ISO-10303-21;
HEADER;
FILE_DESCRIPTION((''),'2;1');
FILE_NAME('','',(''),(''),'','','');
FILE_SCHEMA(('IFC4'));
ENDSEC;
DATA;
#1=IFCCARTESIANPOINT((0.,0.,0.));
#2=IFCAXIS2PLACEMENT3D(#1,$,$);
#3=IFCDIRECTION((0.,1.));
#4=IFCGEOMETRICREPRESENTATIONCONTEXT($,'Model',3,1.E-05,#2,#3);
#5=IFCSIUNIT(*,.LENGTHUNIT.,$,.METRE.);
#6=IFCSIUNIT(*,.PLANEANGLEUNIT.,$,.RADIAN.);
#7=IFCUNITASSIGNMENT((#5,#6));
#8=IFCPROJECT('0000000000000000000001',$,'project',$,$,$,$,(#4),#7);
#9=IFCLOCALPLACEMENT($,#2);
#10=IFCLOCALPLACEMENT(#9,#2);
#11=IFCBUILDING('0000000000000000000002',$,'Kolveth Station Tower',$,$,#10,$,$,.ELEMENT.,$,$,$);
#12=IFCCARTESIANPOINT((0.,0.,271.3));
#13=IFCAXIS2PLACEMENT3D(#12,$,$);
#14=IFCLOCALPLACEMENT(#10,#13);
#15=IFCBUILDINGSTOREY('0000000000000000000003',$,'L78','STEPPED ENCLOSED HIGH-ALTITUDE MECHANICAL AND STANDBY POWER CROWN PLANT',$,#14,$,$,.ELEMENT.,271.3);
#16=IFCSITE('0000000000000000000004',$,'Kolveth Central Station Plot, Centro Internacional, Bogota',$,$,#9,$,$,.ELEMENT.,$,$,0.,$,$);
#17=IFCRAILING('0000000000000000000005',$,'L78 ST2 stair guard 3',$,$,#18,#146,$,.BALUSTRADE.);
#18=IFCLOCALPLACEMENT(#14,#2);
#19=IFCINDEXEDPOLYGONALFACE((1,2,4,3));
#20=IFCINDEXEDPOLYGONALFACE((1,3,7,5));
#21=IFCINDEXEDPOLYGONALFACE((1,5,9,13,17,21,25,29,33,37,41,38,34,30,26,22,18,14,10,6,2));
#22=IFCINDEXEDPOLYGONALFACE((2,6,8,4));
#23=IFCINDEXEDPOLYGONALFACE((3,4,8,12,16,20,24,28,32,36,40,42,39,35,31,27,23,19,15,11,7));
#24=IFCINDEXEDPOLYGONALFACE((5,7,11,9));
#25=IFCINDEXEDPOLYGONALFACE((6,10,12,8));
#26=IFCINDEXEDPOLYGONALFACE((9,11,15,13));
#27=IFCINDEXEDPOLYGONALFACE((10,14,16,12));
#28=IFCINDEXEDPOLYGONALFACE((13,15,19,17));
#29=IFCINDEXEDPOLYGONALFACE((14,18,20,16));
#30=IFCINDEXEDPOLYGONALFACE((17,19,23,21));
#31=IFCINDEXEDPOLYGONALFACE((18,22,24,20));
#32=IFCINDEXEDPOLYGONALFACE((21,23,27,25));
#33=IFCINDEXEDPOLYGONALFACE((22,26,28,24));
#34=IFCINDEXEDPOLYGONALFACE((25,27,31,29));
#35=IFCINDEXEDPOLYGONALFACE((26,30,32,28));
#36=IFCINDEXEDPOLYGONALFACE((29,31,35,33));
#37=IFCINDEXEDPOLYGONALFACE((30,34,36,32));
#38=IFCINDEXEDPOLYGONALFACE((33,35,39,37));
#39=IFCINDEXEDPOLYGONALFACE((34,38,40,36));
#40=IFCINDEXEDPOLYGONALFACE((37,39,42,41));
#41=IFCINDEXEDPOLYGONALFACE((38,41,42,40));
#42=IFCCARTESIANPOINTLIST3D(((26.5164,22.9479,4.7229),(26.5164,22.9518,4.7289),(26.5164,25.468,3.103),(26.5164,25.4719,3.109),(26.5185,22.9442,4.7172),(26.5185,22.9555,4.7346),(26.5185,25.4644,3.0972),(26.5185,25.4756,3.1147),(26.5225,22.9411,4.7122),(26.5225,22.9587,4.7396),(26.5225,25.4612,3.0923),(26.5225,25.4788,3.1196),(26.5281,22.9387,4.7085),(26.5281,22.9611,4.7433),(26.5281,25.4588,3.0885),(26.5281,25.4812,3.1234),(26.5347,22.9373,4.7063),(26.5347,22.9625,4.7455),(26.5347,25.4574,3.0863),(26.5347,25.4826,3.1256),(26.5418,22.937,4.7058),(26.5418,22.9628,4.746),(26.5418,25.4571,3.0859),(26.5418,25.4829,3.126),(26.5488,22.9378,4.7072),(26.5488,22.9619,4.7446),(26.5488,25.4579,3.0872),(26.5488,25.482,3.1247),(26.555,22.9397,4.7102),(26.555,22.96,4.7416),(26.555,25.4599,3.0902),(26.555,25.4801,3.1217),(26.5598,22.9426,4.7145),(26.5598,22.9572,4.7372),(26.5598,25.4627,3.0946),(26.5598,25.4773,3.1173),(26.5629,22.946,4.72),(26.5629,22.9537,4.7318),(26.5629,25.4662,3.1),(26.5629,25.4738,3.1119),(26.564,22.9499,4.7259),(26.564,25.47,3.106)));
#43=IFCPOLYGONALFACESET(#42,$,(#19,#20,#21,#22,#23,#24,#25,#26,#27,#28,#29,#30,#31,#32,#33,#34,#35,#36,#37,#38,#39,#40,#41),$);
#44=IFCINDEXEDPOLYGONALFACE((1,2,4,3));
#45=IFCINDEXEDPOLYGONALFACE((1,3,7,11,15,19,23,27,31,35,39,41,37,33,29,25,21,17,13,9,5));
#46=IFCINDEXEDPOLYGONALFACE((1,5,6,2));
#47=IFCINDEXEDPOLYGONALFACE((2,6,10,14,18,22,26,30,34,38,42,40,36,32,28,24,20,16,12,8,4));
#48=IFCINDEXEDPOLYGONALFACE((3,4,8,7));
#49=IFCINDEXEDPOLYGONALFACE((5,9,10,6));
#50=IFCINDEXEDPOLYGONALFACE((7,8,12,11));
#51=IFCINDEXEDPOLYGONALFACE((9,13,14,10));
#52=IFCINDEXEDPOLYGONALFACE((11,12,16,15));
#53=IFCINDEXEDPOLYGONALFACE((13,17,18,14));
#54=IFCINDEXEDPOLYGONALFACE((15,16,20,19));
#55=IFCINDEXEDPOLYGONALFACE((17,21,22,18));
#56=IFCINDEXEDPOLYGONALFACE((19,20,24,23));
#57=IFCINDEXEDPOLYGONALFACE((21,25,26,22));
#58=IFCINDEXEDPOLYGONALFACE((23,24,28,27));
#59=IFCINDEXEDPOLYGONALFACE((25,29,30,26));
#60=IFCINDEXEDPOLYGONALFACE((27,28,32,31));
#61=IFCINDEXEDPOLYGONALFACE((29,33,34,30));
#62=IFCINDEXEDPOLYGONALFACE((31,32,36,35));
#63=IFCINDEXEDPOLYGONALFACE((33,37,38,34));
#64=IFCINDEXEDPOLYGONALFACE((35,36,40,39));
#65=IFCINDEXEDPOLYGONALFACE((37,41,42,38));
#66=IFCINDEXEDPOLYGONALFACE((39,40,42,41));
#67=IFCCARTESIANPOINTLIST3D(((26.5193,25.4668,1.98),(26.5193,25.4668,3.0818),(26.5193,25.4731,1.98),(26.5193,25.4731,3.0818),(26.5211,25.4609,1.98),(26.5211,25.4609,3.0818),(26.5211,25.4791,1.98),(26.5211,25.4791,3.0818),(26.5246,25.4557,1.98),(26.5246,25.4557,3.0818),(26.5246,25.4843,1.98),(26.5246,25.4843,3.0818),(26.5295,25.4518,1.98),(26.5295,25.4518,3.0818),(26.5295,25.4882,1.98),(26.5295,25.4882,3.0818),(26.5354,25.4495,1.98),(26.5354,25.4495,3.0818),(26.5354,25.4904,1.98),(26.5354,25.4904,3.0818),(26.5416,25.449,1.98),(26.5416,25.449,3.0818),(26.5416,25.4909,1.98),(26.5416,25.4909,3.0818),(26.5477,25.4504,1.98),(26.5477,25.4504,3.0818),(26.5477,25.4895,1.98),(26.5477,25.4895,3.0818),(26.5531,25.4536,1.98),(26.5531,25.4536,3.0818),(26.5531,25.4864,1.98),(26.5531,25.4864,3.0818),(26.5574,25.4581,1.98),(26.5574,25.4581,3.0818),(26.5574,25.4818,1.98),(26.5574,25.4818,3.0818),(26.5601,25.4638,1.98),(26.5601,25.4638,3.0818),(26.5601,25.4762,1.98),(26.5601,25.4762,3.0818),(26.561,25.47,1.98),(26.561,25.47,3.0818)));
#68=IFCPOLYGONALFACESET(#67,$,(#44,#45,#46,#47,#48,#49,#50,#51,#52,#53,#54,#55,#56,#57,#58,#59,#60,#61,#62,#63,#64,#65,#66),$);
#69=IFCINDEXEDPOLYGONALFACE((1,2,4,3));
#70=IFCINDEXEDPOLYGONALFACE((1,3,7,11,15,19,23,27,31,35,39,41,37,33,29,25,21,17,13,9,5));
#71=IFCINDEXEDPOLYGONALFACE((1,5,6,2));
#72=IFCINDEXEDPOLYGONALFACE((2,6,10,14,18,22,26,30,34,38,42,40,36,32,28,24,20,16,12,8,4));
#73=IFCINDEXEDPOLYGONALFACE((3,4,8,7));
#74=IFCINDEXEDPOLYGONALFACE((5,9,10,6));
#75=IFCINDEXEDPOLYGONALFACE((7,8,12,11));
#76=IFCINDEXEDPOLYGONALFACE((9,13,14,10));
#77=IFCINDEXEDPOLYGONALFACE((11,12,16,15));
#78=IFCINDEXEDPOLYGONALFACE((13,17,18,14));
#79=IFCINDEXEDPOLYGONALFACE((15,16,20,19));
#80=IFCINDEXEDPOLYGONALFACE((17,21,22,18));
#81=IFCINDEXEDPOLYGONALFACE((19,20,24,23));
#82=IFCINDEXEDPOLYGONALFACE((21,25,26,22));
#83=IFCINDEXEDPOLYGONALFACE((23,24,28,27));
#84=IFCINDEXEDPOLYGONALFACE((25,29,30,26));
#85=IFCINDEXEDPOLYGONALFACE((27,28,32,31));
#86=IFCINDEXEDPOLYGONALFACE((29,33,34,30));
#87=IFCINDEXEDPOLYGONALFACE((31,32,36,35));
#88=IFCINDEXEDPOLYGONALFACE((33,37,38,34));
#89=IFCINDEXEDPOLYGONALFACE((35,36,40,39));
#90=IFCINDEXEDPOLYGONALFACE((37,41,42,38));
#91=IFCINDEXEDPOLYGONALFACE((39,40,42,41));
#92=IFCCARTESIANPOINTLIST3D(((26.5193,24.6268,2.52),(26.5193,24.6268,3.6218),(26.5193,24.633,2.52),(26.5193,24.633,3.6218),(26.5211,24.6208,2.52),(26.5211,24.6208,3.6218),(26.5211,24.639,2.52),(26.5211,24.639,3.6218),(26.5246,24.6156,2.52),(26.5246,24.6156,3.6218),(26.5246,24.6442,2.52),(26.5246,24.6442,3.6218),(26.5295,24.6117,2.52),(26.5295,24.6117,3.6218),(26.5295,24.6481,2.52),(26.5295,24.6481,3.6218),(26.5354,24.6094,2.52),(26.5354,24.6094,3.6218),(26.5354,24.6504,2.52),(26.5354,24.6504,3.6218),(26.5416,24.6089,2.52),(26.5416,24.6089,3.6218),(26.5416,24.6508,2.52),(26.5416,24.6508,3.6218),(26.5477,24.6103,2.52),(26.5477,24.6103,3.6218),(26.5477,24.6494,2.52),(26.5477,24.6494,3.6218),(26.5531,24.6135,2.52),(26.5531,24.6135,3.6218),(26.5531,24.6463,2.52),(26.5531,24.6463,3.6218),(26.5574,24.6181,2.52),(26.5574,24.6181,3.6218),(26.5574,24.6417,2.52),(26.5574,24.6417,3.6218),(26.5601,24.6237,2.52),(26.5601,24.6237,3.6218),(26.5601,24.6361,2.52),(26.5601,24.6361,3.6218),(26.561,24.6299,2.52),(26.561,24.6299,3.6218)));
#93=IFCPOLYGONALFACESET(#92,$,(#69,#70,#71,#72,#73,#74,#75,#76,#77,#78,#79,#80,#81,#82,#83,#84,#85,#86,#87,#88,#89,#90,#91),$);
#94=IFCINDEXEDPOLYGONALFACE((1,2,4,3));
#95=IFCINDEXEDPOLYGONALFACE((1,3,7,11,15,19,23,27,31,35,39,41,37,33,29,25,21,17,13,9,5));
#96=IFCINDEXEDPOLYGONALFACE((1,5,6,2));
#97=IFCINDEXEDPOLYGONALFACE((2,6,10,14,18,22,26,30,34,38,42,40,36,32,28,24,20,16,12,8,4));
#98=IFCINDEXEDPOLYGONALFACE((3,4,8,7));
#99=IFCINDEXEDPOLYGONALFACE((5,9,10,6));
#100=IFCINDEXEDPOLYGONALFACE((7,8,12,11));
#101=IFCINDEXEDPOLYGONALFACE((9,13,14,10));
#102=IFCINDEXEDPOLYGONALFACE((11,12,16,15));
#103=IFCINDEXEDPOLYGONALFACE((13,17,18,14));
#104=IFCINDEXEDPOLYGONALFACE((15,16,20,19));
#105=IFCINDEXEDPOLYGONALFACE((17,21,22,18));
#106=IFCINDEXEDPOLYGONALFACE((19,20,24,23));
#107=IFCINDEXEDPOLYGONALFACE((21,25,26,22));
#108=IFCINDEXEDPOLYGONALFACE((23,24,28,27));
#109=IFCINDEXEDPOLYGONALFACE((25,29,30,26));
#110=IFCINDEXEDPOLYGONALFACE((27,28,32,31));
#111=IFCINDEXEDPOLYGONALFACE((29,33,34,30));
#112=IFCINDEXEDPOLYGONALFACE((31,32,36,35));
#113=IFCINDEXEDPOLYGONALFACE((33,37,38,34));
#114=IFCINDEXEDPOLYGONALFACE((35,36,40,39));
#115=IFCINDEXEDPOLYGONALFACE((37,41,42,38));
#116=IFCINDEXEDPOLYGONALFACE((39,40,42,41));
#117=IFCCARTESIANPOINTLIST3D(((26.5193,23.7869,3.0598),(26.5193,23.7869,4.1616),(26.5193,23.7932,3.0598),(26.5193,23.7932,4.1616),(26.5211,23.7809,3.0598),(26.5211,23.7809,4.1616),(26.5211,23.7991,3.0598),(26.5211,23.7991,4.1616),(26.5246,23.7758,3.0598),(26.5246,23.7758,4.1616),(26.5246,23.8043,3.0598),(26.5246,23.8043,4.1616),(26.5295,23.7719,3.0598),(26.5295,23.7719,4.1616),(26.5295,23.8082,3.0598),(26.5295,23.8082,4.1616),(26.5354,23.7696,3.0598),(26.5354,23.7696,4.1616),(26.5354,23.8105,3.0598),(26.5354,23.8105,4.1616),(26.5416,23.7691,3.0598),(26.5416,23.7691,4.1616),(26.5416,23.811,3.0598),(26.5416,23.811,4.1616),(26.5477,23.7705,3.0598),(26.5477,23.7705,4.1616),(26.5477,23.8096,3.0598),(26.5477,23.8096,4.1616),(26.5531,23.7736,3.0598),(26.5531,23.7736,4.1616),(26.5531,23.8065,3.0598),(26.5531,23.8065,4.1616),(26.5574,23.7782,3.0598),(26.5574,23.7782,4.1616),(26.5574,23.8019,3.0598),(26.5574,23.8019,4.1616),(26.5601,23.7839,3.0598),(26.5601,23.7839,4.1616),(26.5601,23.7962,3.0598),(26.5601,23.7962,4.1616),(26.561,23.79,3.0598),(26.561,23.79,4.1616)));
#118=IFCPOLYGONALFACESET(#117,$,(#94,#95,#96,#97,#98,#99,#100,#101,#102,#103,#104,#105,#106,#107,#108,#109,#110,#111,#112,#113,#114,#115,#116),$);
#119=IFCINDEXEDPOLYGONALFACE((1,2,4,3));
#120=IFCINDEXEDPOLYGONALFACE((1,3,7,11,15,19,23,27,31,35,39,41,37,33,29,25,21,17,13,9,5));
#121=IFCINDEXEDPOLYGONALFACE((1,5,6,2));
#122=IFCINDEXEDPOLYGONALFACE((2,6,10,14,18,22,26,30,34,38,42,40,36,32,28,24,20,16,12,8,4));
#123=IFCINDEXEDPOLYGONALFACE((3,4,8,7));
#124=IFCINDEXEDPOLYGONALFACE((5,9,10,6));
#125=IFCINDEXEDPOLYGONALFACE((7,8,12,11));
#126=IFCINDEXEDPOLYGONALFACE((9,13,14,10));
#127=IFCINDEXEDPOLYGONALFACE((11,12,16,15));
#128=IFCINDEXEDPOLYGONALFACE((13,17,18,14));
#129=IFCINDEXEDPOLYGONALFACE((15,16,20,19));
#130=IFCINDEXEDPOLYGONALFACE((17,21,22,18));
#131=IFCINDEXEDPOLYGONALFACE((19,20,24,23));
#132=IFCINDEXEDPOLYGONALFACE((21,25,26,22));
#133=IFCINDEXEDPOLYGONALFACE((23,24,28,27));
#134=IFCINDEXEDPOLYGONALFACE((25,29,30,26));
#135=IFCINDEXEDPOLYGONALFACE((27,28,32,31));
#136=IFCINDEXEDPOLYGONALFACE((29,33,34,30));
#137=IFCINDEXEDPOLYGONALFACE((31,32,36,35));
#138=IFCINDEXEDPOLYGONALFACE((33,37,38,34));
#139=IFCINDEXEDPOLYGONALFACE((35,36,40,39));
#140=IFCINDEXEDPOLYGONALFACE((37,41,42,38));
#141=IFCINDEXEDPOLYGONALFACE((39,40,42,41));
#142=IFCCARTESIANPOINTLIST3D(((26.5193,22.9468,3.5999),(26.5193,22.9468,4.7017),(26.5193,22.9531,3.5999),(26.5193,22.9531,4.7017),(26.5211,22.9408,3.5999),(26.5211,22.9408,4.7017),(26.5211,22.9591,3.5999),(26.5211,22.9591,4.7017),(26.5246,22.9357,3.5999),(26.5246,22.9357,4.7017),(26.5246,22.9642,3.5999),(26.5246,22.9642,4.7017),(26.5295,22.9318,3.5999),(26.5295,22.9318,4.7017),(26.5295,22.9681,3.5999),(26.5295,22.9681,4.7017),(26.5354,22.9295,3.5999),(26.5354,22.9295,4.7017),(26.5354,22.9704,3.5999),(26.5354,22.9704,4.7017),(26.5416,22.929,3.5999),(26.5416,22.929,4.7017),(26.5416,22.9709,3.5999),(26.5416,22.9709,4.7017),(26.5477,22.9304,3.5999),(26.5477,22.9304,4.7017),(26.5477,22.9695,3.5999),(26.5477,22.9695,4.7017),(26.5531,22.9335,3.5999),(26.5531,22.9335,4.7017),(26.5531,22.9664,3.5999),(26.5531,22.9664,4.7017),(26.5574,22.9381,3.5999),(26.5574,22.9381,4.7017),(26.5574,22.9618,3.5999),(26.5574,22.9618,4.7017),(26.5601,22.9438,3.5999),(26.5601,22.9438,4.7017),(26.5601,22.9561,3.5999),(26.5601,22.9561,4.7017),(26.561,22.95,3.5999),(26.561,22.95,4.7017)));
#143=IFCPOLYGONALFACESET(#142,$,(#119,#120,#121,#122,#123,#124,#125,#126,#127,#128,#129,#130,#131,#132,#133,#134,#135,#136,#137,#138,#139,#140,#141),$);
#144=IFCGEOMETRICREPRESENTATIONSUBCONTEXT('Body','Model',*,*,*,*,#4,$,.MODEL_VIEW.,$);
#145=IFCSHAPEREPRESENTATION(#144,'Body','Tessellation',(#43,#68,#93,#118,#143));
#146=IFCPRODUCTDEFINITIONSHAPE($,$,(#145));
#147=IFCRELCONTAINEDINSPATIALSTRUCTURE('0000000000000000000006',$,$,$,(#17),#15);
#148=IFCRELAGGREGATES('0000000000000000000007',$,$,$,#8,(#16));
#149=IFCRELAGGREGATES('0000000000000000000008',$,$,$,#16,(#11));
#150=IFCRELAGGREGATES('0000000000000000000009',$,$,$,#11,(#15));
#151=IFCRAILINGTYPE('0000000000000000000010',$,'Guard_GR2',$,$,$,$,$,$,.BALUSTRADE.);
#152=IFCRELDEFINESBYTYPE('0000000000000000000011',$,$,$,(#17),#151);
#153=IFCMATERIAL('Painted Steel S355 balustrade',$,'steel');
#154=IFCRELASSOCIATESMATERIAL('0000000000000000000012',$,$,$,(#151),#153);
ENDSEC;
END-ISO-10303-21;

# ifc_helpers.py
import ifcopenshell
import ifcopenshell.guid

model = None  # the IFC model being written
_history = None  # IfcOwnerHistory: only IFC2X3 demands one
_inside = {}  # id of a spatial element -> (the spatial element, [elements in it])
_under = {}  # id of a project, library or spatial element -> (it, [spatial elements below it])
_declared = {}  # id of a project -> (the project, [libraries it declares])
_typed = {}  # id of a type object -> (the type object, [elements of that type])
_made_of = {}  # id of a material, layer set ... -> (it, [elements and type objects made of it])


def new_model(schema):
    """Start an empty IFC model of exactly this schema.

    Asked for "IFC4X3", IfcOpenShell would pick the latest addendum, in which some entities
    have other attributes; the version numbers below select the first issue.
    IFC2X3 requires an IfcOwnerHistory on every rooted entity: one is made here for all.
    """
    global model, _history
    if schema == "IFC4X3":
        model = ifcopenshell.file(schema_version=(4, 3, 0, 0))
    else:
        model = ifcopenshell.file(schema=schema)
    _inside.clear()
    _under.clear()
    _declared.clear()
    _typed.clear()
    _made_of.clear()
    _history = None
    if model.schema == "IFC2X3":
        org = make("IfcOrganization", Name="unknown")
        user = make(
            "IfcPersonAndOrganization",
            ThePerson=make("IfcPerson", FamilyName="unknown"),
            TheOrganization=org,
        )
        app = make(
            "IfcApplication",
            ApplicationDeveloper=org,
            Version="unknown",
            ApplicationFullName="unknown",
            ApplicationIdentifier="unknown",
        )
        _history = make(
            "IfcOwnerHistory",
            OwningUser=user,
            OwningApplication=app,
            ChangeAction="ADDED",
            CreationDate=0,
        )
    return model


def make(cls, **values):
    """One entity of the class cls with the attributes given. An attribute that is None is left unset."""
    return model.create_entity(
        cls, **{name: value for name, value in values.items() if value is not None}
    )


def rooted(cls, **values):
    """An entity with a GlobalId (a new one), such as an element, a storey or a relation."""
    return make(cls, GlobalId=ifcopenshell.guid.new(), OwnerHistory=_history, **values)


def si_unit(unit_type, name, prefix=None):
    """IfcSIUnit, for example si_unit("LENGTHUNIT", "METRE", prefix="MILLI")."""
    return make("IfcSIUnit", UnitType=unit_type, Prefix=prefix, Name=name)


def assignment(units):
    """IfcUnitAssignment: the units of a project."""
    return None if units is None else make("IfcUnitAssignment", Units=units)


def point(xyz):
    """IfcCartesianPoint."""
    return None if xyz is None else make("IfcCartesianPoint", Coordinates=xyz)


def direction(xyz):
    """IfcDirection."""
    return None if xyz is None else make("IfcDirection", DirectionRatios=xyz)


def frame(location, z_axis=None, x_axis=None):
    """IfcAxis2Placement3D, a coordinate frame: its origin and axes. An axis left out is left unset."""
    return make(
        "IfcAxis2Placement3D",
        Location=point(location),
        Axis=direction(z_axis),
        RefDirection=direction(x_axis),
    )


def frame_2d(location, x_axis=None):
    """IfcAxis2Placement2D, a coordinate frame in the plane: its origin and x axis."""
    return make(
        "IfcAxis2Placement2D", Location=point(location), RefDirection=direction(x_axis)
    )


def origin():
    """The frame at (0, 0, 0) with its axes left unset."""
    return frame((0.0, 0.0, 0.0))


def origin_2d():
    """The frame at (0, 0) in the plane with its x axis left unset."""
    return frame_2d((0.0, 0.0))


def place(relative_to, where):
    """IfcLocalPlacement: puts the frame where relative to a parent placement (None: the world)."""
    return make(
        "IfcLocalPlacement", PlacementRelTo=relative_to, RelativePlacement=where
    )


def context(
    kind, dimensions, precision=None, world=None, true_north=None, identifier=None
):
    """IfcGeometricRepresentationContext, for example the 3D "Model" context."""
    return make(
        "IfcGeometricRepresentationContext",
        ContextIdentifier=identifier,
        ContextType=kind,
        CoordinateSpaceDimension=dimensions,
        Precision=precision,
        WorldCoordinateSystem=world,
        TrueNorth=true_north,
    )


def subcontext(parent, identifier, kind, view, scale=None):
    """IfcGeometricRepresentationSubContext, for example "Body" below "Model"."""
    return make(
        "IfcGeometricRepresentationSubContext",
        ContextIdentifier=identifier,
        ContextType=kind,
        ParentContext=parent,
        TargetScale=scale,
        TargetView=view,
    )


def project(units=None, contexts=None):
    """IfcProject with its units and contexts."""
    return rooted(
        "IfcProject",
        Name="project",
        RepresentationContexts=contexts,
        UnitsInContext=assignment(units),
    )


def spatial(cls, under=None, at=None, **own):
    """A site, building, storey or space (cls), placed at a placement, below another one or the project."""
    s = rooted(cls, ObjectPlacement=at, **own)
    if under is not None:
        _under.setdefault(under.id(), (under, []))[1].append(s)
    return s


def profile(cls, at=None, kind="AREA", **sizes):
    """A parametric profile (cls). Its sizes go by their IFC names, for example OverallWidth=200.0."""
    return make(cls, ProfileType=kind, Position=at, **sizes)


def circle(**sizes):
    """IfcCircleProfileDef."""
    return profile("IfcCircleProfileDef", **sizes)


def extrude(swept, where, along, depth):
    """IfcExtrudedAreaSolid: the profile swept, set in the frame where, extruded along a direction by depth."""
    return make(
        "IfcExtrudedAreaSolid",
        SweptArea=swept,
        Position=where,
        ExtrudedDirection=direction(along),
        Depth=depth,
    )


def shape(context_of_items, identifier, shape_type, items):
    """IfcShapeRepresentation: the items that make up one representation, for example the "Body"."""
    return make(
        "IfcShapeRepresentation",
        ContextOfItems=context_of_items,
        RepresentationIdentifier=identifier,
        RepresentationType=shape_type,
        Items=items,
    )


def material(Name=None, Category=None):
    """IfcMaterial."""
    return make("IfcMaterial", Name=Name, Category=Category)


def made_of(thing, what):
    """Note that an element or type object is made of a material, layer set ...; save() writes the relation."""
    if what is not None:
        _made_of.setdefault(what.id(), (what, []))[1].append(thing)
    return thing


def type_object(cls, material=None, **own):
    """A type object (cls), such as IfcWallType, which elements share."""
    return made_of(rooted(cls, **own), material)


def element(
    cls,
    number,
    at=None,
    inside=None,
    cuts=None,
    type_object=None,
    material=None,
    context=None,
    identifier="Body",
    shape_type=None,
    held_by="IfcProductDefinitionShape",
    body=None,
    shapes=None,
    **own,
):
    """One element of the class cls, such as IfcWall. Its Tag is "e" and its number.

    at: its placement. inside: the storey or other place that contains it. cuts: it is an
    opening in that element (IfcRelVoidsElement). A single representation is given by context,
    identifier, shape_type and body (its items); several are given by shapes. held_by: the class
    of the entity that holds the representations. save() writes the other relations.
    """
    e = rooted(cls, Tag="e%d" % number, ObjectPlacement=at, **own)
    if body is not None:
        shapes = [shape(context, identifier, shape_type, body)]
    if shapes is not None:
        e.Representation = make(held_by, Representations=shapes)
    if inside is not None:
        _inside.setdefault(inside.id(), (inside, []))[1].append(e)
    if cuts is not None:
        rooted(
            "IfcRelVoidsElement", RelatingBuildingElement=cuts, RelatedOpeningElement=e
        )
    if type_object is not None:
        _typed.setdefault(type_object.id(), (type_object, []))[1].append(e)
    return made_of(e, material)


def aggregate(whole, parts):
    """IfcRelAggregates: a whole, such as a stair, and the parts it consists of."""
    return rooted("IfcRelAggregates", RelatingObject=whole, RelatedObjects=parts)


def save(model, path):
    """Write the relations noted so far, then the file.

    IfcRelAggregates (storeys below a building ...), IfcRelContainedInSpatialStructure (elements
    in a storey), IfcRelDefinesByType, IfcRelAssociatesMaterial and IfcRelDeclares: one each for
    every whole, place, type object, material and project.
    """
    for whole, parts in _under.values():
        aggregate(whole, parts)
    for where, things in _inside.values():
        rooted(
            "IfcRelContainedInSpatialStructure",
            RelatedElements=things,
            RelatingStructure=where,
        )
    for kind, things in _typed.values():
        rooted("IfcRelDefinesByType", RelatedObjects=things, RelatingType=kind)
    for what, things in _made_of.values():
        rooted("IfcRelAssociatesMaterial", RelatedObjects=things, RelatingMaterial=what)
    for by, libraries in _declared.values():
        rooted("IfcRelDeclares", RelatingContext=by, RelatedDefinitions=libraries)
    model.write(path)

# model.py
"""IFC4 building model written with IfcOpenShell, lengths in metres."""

from ifc_helpers import new_model, si_unit, direction, frame, origin, origin_2d, place, context, subcontext, project, spatial, circle, extrude, material, type_object, element, save


model = new_model("IFC4")

# Units and contexts
model_context = context("Model", 3, precision=1e-05, world=origin(), true_north=direction((0.0, 1.0)))
body_context = subcontext(model_context, "Body", "Model", "MODEL_VIEW")
ifc_project = project(units=[si_unit("LENGTHUNIT", "METRE"), si_unit("PLANEANGLEUNIT", "RADIAN")], contexts=[model_context])

# Site, building, storey
site_placement = place(None, origin())
site = spatial("IfcSite", under=ifc_project, at=site_placement, Name="Kolveth Central Station Plot, Centro Internacional, Bogota", CompositionType="ELEMENT", RefElevation=0.0)
building_placement = place(site_placement, origin())
building = spatial("IfcBuilding", under=site, at=building_placement, Name="Kolveth Station Tower", CompositionType="ELEMENT")
storey_placement = place(building_placement, frame((0.0, 0.0, 271.3)))
storey = spatial("IfcBuildingStorey", under=building, at=storey_placement, Name="L78", Description="STEPPED ENCLOSED HIGH-ALTITUDE MECHANICAL AND STANDBY POWER CROWN PLANT", CompositionType="ELEMENT", Elevation=271.3)

# Railing
ifc_material_1 = material(Name="Painted Steel S355 balustrade", Category="steel")
railing_type_1 = type_object("IfcRailingType", Name="Guard_GR2", PredefinedType="BALUSTRADE", material=ifc_material_1)
railing_1_placement = place(storey_placement, frame((26.54, 25.47, 1.98)))
element("IfcRailing", 1, at=railing_1_placement, inside=storey, type_object=railing_type_1, Name="L78 ST2 stair guard 3", PredefinedType="BALUSTRADE", context=body_context, shape_type="SweptSolid", body=[
    extrude(circle(Radius=0.0239, at=origin_2d()), frame((0.0, 0.0, 1.126), z_axis=(0.0, -0.8412, 0.540725), x_axis=(1.0, 0.0, 0.0)), (0.0, 0.0, 1.0), 2.9958),
    extrude(circle(Radius=0.021, at=origin_2d()), origin(), (0.0, 0.0, 1.0), 1.1018),
    extrude(circle(Radius=0.021, at=origin_2d()), frame((0.0, -0.8401, 0.54)), (0.0, 0.0, 1.0), 1.1018),
    extrude(circle(Radius=0.021, at=origin_2d()), frame((0.0, -1.6799, 1.0798)), (0.0, 0.0, 1.0), 1.1018),
    extrude(circle(Radius=0.021, at=origin_2d()), frame((0.0, -2.52, 1.6199)), (0.0, 0.0, 1.0), 1.1018),
])

save(model, "model.ifc")
